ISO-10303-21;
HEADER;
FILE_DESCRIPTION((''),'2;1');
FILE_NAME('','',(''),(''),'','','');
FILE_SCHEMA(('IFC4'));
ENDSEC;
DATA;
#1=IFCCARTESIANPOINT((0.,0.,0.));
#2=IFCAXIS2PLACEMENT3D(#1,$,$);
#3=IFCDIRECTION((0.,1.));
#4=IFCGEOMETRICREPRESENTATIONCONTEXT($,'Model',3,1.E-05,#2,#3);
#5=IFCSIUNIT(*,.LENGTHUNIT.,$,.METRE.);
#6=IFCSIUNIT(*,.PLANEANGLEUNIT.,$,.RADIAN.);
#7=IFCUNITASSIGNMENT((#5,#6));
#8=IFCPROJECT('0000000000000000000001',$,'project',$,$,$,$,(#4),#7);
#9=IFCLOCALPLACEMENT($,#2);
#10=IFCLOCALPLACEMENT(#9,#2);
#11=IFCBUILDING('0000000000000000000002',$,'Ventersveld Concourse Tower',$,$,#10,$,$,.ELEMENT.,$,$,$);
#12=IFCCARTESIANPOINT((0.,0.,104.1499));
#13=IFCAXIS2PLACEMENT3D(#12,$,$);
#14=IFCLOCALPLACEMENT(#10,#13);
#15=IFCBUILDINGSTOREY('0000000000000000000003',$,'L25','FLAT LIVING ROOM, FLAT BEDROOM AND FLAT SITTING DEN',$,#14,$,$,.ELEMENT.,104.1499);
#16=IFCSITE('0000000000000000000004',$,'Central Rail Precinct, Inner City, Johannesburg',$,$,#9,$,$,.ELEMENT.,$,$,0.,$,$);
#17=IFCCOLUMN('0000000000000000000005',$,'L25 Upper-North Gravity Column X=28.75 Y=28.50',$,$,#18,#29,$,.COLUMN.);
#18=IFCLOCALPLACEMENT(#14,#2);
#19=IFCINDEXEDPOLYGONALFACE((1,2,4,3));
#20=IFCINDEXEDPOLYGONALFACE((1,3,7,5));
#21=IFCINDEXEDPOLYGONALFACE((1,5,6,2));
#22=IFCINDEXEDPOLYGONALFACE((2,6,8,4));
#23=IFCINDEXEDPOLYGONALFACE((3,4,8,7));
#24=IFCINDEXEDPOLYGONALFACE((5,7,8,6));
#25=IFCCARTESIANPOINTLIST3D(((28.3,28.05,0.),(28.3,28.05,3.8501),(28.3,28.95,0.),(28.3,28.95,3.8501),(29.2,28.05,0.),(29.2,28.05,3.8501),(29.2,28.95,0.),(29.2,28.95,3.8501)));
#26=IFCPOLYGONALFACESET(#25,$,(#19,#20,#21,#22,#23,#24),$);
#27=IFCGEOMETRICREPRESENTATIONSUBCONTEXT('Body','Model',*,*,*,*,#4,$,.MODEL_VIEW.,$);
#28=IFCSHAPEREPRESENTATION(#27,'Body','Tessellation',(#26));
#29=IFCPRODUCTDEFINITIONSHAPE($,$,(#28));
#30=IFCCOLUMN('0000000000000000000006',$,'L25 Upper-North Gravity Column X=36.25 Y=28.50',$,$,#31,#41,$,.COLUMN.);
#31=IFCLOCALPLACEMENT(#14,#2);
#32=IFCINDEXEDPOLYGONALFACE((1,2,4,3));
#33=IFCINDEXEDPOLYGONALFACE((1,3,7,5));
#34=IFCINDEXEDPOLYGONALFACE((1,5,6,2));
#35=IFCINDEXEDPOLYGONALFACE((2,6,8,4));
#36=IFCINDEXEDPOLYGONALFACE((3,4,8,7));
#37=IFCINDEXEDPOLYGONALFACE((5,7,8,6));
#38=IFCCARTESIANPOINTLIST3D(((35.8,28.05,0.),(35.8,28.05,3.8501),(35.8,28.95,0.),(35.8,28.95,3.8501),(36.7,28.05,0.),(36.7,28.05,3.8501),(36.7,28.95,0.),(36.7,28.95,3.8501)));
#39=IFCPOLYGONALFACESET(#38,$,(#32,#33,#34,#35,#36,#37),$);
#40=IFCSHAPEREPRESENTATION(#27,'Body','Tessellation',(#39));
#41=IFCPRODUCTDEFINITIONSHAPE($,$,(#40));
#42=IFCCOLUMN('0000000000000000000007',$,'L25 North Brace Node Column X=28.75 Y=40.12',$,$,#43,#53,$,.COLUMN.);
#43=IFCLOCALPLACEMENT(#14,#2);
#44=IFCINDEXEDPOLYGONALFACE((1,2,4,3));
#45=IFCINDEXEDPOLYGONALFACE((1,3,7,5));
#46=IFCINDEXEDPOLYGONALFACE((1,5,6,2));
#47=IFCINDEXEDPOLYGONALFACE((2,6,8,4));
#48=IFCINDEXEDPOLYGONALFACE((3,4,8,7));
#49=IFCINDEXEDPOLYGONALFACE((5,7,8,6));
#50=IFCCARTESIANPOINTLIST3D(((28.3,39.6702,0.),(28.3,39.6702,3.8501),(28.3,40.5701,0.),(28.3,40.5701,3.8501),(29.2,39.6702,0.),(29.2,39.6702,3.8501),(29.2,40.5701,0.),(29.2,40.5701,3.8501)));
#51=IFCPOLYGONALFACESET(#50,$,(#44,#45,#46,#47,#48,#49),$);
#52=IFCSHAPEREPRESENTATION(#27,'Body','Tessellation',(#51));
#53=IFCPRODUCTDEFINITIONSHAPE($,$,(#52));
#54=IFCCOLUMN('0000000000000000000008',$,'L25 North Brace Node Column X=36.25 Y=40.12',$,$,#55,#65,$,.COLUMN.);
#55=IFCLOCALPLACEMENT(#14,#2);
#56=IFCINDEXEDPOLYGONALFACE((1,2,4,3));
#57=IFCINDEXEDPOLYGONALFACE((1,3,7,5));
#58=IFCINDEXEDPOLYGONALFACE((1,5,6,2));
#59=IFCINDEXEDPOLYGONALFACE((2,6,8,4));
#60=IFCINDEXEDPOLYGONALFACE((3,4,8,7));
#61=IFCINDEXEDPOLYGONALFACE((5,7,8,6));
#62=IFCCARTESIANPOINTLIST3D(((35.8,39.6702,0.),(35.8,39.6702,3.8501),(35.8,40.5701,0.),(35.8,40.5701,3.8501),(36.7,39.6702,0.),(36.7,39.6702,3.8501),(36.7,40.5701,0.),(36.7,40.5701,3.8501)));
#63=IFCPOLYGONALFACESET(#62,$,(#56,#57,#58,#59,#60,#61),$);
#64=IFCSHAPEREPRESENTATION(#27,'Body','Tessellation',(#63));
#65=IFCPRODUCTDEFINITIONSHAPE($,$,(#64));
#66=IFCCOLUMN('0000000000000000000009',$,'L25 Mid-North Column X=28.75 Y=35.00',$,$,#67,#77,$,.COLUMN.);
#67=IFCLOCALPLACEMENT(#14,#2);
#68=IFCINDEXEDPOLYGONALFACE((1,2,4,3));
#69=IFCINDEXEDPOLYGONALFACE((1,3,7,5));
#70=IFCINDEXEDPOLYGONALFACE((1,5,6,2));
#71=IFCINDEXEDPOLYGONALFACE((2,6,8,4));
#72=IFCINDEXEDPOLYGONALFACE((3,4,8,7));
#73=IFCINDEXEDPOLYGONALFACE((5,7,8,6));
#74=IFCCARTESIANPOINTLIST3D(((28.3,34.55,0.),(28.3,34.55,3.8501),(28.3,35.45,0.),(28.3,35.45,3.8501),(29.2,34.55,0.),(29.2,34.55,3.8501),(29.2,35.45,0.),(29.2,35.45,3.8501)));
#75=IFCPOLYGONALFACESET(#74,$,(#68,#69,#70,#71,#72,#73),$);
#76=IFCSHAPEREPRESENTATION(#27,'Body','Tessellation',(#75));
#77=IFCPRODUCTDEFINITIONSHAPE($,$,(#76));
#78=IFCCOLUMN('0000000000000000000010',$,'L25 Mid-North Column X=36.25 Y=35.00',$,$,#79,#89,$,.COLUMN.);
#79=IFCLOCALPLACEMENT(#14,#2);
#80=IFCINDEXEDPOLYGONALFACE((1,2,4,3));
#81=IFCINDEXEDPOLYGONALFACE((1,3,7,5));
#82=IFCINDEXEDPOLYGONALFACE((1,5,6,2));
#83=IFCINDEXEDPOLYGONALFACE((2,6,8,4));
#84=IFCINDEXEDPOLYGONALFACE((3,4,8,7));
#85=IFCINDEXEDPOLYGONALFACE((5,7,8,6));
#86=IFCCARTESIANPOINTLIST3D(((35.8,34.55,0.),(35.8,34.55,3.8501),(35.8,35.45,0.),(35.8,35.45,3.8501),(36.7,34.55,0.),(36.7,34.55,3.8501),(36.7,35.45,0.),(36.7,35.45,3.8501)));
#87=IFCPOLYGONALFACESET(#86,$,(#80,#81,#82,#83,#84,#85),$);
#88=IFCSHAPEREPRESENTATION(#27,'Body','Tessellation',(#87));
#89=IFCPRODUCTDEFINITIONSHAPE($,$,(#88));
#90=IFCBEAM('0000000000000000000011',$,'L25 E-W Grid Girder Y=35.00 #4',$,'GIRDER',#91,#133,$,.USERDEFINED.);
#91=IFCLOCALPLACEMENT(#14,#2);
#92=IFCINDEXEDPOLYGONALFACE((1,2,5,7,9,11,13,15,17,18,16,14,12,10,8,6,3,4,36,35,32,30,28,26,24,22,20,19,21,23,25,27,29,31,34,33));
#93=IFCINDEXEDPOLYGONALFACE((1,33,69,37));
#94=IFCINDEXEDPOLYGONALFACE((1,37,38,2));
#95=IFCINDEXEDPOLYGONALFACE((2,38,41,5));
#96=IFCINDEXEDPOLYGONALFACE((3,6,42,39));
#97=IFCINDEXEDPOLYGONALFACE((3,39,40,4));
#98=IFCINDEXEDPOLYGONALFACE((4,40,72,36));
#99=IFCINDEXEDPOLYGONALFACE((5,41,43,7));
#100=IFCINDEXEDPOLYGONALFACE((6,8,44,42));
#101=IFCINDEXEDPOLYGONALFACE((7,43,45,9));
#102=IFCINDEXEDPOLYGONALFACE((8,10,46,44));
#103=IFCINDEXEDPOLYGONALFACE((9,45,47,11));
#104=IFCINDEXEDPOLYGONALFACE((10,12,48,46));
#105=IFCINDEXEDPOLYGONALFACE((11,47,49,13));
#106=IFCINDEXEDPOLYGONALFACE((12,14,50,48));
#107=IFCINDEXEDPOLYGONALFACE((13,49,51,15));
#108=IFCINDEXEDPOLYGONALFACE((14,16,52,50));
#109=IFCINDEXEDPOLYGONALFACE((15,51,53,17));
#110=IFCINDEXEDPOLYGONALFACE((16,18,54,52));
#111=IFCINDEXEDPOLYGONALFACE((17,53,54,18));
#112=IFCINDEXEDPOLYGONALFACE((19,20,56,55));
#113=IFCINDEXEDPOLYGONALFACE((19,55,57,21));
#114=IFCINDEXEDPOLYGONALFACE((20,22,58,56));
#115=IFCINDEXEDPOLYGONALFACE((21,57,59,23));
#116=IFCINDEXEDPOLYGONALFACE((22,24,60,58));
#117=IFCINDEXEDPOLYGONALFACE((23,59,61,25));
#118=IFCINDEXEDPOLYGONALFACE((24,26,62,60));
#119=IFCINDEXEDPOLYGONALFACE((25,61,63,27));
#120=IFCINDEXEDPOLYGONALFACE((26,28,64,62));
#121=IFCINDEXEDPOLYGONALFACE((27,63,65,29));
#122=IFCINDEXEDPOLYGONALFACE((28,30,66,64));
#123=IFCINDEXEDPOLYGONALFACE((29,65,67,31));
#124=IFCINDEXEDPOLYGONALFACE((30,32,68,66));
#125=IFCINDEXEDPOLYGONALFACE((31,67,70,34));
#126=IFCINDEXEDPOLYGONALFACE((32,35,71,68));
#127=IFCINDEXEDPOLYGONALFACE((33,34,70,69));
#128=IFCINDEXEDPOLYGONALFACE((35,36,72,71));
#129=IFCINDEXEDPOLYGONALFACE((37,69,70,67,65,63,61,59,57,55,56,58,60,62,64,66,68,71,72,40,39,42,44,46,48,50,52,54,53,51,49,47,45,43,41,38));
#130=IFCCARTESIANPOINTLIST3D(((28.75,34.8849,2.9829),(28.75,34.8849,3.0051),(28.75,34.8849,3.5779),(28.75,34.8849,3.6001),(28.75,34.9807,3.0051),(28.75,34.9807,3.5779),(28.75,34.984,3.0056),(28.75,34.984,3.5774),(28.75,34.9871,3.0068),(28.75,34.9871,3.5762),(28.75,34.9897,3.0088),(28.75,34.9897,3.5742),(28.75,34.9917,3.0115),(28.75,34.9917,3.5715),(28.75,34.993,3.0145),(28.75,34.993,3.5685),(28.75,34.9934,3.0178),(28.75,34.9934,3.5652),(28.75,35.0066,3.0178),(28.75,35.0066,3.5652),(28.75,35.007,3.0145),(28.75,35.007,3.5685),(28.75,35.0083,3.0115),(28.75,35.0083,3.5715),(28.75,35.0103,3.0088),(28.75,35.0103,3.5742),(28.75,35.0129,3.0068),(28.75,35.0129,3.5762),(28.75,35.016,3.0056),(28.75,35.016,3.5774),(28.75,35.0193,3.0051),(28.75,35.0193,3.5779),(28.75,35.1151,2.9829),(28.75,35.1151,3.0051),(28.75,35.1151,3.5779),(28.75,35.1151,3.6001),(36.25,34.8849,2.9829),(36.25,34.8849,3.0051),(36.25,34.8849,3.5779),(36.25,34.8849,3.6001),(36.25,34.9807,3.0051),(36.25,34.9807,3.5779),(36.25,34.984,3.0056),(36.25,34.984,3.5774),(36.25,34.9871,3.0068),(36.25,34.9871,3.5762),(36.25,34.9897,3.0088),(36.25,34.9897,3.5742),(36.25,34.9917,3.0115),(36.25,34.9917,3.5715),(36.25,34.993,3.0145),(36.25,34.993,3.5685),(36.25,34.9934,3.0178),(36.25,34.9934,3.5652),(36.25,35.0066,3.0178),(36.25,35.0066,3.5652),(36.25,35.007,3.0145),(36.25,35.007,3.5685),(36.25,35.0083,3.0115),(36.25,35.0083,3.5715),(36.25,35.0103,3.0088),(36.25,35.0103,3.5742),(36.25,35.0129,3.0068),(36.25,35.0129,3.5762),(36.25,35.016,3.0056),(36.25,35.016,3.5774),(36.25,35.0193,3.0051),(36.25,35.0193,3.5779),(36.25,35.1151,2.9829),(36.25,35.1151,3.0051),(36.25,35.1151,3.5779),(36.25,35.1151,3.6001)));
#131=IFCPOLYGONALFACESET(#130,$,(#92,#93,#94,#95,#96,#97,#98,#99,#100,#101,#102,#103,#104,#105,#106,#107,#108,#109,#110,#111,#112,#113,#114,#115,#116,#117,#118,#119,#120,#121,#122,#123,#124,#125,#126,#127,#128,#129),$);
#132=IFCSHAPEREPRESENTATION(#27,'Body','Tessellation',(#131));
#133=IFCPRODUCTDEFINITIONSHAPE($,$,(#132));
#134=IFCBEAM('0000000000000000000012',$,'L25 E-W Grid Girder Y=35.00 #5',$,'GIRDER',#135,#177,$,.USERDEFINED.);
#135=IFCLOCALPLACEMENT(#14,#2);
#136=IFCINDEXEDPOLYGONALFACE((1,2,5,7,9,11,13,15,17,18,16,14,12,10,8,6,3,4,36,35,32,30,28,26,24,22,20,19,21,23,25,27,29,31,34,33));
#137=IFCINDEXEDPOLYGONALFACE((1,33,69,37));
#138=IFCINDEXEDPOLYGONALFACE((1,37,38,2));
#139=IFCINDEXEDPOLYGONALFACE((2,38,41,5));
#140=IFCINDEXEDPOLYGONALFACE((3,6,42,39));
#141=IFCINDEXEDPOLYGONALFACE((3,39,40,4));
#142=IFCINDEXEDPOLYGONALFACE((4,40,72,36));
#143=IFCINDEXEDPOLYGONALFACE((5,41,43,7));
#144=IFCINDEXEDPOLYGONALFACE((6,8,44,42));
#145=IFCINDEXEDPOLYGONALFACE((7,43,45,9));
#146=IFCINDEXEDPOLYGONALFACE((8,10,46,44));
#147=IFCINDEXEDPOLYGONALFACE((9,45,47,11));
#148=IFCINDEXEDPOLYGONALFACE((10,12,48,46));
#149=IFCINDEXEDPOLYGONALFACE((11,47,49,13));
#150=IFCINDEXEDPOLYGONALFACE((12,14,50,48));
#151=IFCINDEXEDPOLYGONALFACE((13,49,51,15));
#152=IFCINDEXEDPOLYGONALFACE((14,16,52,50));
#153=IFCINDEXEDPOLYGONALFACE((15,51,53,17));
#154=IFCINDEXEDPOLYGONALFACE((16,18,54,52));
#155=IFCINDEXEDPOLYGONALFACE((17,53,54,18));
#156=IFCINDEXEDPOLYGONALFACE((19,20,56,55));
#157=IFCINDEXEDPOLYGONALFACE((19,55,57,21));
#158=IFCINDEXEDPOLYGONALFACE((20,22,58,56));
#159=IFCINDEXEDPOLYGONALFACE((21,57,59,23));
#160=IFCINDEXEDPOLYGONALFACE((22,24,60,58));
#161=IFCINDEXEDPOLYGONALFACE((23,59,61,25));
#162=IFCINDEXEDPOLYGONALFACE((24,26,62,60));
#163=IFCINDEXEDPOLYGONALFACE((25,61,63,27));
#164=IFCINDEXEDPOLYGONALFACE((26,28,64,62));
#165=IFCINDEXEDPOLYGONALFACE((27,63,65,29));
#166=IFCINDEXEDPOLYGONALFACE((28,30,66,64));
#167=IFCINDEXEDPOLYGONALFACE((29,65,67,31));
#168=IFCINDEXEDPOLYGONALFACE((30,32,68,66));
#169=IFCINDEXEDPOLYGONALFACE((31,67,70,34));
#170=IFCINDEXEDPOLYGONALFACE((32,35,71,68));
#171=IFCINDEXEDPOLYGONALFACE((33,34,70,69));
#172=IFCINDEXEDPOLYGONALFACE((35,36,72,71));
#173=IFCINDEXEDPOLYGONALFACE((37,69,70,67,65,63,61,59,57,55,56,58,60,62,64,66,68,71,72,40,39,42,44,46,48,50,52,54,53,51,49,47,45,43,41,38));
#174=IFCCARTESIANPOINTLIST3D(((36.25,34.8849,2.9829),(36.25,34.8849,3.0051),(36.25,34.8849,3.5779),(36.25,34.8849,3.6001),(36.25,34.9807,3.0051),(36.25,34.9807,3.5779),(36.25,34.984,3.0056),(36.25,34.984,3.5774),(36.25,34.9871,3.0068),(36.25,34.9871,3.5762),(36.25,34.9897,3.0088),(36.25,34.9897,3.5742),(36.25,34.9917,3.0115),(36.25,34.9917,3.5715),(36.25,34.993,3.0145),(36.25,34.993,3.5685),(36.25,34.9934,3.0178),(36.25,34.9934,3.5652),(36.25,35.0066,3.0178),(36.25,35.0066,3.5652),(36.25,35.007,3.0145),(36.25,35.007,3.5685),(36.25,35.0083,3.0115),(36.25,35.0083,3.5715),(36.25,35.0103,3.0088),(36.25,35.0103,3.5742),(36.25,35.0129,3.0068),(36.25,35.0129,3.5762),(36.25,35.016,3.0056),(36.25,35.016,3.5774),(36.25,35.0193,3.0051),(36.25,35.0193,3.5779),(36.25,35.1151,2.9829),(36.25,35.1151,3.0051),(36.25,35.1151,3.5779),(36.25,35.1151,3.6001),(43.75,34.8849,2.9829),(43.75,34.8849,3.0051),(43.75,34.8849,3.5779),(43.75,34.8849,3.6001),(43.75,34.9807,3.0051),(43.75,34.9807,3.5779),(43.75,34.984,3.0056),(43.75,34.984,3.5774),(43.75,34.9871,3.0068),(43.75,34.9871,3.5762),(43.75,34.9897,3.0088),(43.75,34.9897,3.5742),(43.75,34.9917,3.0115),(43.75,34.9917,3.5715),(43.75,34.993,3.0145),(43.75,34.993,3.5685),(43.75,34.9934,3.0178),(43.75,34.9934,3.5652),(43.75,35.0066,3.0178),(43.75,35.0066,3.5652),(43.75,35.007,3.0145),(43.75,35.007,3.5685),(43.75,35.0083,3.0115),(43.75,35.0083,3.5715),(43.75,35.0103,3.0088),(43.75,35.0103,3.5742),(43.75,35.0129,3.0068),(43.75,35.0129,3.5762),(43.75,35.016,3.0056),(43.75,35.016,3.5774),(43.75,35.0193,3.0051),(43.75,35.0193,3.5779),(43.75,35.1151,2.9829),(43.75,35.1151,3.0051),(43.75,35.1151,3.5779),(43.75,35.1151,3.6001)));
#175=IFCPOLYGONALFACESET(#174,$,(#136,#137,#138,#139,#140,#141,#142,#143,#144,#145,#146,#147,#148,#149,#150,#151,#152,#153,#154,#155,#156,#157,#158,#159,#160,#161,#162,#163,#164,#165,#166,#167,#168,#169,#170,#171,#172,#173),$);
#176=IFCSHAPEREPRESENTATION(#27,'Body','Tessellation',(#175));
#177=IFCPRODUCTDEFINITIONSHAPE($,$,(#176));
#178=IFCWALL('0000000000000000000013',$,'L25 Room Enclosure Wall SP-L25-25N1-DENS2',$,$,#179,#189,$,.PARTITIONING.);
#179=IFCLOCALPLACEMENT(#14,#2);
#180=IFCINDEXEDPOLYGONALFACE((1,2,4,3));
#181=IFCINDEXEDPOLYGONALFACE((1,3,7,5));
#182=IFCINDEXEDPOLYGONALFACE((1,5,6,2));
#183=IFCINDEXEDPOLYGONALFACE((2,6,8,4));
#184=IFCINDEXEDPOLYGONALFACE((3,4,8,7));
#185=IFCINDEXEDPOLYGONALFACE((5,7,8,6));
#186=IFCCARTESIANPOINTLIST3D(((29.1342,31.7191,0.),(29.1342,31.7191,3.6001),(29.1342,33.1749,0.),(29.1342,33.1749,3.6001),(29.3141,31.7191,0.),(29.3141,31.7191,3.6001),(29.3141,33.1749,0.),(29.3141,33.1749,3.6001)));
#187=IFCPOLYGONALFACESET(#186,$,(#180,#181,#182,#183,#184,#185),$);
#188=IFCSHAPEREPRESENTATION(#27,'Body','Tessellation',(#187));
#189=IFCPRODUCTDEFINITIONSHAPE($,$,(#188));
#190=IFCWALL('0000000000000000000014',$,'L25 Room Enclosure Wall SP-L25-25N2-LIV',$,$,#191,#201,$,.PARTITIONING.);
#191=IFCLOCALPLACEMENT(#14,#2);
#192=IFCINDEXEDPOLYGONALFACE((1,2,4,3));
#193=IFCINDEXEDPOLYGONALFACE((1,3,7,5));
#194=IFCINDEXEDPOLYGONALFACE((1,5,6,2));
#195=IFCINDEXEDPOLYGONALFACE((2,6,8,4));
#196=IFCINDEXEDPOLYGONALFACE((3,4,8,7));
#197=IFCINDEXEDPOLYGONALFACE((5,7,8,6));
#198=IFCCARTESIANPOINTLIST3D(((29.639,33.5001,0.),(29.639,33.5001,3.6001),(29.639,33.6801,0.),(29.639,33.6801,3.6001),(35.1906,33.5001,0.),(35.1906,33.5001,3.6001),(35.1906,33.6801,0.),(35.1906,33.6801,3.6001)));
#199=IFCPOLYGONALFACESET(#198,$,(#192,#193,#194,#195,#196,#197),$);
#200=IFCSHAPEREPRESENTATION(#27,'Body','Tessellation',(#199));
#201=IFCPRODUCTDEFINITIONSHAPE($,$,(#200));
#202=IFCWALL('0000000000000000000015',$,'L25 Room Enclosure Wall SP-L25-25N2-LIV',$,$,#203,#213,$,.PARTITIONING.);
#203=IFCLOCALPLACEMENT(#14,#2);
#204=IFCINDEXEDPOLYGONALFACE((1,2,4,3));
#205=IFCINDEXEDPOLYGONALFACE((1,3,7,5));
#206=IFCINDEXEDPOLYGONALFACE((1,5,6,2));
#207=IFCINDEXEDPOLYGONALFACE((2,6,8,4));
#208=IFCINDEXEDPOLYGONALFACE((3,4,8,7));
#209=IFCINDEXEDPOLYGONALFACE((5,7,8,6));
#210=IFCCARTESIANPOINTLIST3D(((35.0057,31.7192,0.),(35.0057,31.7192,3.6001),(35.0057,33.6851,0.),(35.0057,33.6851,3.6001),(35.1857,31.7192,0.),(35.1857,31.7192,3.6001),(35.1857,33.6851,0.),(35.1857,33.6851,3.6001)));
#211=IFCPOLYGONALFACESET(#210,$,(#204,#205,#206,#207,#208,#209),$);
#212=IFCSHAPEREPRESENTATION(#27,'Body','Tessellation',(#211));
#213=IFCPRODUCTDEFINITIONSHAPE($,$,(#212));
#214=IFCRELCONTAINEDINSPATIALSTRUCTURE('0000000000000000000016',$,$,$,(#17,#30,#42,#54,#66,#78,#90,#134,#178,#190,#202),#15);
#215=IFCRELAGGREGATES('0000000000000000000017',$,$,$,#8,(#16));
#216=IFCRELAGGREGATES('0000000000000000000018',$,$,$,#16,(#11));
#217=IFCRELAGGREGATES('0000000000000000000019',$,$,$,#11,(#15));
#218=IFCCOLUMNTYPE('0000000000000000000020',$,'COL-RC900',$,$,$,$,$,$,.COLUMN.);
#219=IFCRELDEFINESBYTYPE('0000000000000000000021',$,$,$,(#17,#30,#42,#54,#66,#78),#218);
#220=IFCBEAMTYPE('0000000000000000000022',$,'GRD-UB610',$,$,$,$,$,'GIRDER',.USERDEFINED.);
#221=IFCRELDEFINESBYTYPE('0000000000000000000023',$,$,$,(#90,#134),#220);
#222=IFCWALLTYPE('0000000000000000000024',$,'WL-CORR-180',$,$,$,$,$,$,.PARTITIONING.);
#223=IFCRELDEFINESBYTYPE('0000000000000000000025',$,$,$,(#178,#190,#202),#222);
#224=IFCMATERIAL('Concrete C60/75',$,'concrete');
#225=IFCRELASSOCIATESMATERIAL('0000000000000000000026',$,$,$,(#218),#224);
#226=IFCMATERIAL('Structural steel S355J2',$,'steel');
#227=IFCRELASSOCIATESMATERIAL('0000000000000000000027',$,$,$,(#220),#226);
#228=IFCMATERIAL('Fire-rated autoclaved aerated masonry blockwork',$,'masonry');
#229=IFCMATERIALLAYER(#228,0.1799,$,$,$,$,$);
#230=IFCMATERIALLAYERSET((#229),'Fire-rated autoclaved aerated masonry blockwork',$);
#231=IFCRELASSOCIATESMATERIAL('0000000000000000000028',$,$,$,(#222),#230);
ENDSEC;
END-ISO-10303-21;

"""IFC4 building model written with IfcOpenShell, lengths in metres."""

from ifc_helpers import new_model, si_unit, direction, frame, frame_2d, origin, origin_2d, place, context, subcontext, project, spatial, rectangle, i_section, extrude, material, layer, layer_set, material_profile, profile_set, type_object, element, save


model = new_model("IFC4")

# Units and contexts
model_context = context("Model", 3, precision=1e-05, world=origin(), true_north=direction((0.0, 1.0)))
body_context = subcontext(model_context, "Body", "Model", "MODEL_VIEW")
ifc_project = project(units=[si_unit("LENGTHUNIT", "METRE"), si_unit("PLANEANGLEUNIT", "RADIAN")], contexts=[model_context])

# Site, building, storey
site_placement = place(None, origin())
site = spatial("IfcSite", under=ifc_project, at=site_placement, Name="Central Rail Precinct, Inner City, Johannesburg", CompositionType="ELEMENT", RefElevation=0.0)
building_placement = place(site_placement, origin())
building = spatial("IfcBuilding", under=site, at=building_placement, Name="Ventersveld Concourse Tower", CompositionType="ELEMENT")
storey_placement = place(building_placement, frame((0.0, 0.0, 104.1499)))
storey = spatial("IfcBuildingStorey", under=building, at=storey_placement, Name="L25", Description="FLAT LIVING ROOM, FLAT BEDROOM AND FLAT SITTING DEN", CompositionType="ELEMENT", Elevation=104.1499)

# Columns
ifc_material_1 = material(Name="Concrete C60/75", Category="concrete")
ifc_material_profile_1 = material_profile(ifc_material_1, rectangle(XDim=0.8999, YDim=0.8999, at=origin_2d()), Name="RC 900x900")
ifc_profile_set_1 = profile_set([ifc_material_profile_1], Name="Concrete C60/75")
column_type = type_object("IfcColumnType", Name="COL-RC900", PredefinedType="COLUMN", material=ifc_profile_set_1)
for number, where, z_axis, x_axis, name in (
    (1, (28.75, 28.5, 0.0), (0.0, 0.0, 1.0), (1.0, 0.0, 0.0), "L25 Upper-North Gravity Column X=28.75 Y=28.50"),
    (2, (36.25, 28.5, 0.0), (0.0, 0.0, 1.0), (1.0, 0.0, 0.0), "L25 Upper-North Gravity Column X=36.25 Y=28.50"),
    (3, (28.75, 40.1201, 0.0), (0.0, 0.0, 1.0), (1.0, 0.0, 0.0), "L25 North Brace Node Column X=28.75 Y=40.12"),
    (4, (36.25, 40.1201, 0.0), (0.0, 0.0, 1.0), (1.0, 0.0, 0.0), "L25 North Brace Node Column X=36.25 Y=40.12"),
    (5, (28.75, 35.0, 0.0), (0.0, 0.0, 1.0), (1.0, 0.0, 0.0), "L25 Mid-North Column X=28.75 Y=35.00"),
    (6, (36.25, 35.0, 0.0), (0.0, 0.0, 1.0), (1.0, 0.0, 0.0), "L25 Mid-North Column X=36.25 Y=35.00"),
):
    element("IfcColumn", number, at=place(storey_placement, frame(where, z_axis=z_axis, x_axis=x_axis)), inside=storey, type_object=column_type, Name=name, PredefinedType="COLUMN", context=body_context, shape_type="SweptSolid", body=[
        extrude(rectangle(XDim=0.8999, YDim=0.8999, at=origin_2d()), origin(), (0.0, 0.0, 1.0), 3.8501),
    ])

# Beams
ifc_material_2 = material(Name="Structural steel S355J2", Category="steel")
ifc_material_profile_2 = material_profile(ifc_material_2, i_section(OverallWidth=0.2302, OverallDepth=0.6172, WebThickness=0.0132, FlangeThickness=0.0222, FilletRadius=0.0127, at=origin_2d()), Name="UB 610x229x140")
ifc_profile_set_2 = profile_set([ifc_material_profile_2], Name="Structural steel S355J2")
beam_type = type_object("IfcBeamType", Name="GRD-UB610", ElementType="GIRDER", PredefinedType="USERDEFINED", material=ifc_profile_set_2)
for number, where, z_axis, x_axis, name in (
    (7, (28.75, 35.0, 3.2915), (1.0, 0.0, 0.0), (0.0, 1.0, 0.0), "L25 E-W Grid Girder Y=35.00 #4"),
    (8, (36.25, 35.0, 3.2915), (1.0, 0.0, 0.0), (0.0, 1.0, 0.0), "L25 E-W Grid Girder Y=35.00 #5"),
):
    element("IfcBeam", number, at=place(storey_placement, frame(where, z_axis=z_axis, x_axis=x_axis)), inside=storey, type_object=beam_type, Name=name, ObjectType="GIRDER", PredefinedType="USERDEFINED", context=body_context, shape_type="SweptSolid", body=[
        extrude(i_section(OverallWidth=0.2302, OverallDepth=0.6172, WebThickness=0.0132, FlangeThickness=0.0222, FilletRadius=0.0127, at=origin_2d()), origin(), (0.0, 0.0, 1.0), 7.5),
    ])

# Walls
ifc_material_3 = material(Name="Fire-rated autoclaved aerated masonry blockwork", Category="masonry")
ifc_layer_1 = layer(ifc_material_3, 0.1799)
ifc_layer_set_1 = layer_set([ifc_layer_1], Name="Fire-rated autoclaved aerated masonry blockwork")
wall_type_1 = type_object("IfcWallType", Name="WL-CORR-180", PredefinedType="PARTITIONING", material=ifc_layer_set_1)
wall_1_placement = place(storey_placement, frame((29.2241, 33.175, 0.0), z_axis=(0.0, 0.0, 1.0), x_axis=(0.0, -1.0, 0.0)))
element("IfcWall", 9, at=wall_1_placement, inside=storey, type_object=wall_type_1, Name="L25 Room Enclosure Wall SP-L25-25N1-DENS2", PredefinedType="PARTITIONING", context=body_context, shape_type="SweptSolid", body=[
    extrude(rectangle(XDim=1.4558, YDim=0.1799, at=frame_2d((0.728, 0.0))), origin(), (0.0, 0.0, 1.0), 3.6001),
])
wall_2_placement = place(storey_placement, frame((35.1907, 33.5901, 0.0), z_axis=(0.0, 0.0, 1.0), x_axis=(-1.0, 0.0, 0.0)))
element("IfcWall", 10, at=wall_2_placement, inside=storey, type_object=wall_type_1, Name="L25 Room Enclosure Wall SP-L25-25N2-LIV", PredefinedType="PARTITIONING", context=body_context, shape_type="SweptSolid", body=[
    extrude(rectangle(XDim=5.5515, YDim=0.1799, at=frame_2d((2.7759, 0.0))), origin(), (0.0, 0.0, 1.0), 3.6001),
])
wall_3_placement = place(storey_placement, frame((35.0957, 31.7192, 0.0), z_axis=(0.0, 0.0, 1.0), x_axis=(0.0, 1.0, 0.0)))
element("IfcWall", 11, at=wall_3_placement, inside=storey, type_object=wall_type_1, Name="L25 Room Enclosure Wall SP-L25-25N2-LIV", PredefinedType="PARTITIONING", context=body_context, shape_type="SweptSolid", body=[
    extrude(rectangle(XDim=1.9658, YDim=0.1799, at=frame_2d((0.9829, 0.0))), origin(), (0.0, 0.0, 1.0), 3.6001),
])

save(model, "model.ifc")
